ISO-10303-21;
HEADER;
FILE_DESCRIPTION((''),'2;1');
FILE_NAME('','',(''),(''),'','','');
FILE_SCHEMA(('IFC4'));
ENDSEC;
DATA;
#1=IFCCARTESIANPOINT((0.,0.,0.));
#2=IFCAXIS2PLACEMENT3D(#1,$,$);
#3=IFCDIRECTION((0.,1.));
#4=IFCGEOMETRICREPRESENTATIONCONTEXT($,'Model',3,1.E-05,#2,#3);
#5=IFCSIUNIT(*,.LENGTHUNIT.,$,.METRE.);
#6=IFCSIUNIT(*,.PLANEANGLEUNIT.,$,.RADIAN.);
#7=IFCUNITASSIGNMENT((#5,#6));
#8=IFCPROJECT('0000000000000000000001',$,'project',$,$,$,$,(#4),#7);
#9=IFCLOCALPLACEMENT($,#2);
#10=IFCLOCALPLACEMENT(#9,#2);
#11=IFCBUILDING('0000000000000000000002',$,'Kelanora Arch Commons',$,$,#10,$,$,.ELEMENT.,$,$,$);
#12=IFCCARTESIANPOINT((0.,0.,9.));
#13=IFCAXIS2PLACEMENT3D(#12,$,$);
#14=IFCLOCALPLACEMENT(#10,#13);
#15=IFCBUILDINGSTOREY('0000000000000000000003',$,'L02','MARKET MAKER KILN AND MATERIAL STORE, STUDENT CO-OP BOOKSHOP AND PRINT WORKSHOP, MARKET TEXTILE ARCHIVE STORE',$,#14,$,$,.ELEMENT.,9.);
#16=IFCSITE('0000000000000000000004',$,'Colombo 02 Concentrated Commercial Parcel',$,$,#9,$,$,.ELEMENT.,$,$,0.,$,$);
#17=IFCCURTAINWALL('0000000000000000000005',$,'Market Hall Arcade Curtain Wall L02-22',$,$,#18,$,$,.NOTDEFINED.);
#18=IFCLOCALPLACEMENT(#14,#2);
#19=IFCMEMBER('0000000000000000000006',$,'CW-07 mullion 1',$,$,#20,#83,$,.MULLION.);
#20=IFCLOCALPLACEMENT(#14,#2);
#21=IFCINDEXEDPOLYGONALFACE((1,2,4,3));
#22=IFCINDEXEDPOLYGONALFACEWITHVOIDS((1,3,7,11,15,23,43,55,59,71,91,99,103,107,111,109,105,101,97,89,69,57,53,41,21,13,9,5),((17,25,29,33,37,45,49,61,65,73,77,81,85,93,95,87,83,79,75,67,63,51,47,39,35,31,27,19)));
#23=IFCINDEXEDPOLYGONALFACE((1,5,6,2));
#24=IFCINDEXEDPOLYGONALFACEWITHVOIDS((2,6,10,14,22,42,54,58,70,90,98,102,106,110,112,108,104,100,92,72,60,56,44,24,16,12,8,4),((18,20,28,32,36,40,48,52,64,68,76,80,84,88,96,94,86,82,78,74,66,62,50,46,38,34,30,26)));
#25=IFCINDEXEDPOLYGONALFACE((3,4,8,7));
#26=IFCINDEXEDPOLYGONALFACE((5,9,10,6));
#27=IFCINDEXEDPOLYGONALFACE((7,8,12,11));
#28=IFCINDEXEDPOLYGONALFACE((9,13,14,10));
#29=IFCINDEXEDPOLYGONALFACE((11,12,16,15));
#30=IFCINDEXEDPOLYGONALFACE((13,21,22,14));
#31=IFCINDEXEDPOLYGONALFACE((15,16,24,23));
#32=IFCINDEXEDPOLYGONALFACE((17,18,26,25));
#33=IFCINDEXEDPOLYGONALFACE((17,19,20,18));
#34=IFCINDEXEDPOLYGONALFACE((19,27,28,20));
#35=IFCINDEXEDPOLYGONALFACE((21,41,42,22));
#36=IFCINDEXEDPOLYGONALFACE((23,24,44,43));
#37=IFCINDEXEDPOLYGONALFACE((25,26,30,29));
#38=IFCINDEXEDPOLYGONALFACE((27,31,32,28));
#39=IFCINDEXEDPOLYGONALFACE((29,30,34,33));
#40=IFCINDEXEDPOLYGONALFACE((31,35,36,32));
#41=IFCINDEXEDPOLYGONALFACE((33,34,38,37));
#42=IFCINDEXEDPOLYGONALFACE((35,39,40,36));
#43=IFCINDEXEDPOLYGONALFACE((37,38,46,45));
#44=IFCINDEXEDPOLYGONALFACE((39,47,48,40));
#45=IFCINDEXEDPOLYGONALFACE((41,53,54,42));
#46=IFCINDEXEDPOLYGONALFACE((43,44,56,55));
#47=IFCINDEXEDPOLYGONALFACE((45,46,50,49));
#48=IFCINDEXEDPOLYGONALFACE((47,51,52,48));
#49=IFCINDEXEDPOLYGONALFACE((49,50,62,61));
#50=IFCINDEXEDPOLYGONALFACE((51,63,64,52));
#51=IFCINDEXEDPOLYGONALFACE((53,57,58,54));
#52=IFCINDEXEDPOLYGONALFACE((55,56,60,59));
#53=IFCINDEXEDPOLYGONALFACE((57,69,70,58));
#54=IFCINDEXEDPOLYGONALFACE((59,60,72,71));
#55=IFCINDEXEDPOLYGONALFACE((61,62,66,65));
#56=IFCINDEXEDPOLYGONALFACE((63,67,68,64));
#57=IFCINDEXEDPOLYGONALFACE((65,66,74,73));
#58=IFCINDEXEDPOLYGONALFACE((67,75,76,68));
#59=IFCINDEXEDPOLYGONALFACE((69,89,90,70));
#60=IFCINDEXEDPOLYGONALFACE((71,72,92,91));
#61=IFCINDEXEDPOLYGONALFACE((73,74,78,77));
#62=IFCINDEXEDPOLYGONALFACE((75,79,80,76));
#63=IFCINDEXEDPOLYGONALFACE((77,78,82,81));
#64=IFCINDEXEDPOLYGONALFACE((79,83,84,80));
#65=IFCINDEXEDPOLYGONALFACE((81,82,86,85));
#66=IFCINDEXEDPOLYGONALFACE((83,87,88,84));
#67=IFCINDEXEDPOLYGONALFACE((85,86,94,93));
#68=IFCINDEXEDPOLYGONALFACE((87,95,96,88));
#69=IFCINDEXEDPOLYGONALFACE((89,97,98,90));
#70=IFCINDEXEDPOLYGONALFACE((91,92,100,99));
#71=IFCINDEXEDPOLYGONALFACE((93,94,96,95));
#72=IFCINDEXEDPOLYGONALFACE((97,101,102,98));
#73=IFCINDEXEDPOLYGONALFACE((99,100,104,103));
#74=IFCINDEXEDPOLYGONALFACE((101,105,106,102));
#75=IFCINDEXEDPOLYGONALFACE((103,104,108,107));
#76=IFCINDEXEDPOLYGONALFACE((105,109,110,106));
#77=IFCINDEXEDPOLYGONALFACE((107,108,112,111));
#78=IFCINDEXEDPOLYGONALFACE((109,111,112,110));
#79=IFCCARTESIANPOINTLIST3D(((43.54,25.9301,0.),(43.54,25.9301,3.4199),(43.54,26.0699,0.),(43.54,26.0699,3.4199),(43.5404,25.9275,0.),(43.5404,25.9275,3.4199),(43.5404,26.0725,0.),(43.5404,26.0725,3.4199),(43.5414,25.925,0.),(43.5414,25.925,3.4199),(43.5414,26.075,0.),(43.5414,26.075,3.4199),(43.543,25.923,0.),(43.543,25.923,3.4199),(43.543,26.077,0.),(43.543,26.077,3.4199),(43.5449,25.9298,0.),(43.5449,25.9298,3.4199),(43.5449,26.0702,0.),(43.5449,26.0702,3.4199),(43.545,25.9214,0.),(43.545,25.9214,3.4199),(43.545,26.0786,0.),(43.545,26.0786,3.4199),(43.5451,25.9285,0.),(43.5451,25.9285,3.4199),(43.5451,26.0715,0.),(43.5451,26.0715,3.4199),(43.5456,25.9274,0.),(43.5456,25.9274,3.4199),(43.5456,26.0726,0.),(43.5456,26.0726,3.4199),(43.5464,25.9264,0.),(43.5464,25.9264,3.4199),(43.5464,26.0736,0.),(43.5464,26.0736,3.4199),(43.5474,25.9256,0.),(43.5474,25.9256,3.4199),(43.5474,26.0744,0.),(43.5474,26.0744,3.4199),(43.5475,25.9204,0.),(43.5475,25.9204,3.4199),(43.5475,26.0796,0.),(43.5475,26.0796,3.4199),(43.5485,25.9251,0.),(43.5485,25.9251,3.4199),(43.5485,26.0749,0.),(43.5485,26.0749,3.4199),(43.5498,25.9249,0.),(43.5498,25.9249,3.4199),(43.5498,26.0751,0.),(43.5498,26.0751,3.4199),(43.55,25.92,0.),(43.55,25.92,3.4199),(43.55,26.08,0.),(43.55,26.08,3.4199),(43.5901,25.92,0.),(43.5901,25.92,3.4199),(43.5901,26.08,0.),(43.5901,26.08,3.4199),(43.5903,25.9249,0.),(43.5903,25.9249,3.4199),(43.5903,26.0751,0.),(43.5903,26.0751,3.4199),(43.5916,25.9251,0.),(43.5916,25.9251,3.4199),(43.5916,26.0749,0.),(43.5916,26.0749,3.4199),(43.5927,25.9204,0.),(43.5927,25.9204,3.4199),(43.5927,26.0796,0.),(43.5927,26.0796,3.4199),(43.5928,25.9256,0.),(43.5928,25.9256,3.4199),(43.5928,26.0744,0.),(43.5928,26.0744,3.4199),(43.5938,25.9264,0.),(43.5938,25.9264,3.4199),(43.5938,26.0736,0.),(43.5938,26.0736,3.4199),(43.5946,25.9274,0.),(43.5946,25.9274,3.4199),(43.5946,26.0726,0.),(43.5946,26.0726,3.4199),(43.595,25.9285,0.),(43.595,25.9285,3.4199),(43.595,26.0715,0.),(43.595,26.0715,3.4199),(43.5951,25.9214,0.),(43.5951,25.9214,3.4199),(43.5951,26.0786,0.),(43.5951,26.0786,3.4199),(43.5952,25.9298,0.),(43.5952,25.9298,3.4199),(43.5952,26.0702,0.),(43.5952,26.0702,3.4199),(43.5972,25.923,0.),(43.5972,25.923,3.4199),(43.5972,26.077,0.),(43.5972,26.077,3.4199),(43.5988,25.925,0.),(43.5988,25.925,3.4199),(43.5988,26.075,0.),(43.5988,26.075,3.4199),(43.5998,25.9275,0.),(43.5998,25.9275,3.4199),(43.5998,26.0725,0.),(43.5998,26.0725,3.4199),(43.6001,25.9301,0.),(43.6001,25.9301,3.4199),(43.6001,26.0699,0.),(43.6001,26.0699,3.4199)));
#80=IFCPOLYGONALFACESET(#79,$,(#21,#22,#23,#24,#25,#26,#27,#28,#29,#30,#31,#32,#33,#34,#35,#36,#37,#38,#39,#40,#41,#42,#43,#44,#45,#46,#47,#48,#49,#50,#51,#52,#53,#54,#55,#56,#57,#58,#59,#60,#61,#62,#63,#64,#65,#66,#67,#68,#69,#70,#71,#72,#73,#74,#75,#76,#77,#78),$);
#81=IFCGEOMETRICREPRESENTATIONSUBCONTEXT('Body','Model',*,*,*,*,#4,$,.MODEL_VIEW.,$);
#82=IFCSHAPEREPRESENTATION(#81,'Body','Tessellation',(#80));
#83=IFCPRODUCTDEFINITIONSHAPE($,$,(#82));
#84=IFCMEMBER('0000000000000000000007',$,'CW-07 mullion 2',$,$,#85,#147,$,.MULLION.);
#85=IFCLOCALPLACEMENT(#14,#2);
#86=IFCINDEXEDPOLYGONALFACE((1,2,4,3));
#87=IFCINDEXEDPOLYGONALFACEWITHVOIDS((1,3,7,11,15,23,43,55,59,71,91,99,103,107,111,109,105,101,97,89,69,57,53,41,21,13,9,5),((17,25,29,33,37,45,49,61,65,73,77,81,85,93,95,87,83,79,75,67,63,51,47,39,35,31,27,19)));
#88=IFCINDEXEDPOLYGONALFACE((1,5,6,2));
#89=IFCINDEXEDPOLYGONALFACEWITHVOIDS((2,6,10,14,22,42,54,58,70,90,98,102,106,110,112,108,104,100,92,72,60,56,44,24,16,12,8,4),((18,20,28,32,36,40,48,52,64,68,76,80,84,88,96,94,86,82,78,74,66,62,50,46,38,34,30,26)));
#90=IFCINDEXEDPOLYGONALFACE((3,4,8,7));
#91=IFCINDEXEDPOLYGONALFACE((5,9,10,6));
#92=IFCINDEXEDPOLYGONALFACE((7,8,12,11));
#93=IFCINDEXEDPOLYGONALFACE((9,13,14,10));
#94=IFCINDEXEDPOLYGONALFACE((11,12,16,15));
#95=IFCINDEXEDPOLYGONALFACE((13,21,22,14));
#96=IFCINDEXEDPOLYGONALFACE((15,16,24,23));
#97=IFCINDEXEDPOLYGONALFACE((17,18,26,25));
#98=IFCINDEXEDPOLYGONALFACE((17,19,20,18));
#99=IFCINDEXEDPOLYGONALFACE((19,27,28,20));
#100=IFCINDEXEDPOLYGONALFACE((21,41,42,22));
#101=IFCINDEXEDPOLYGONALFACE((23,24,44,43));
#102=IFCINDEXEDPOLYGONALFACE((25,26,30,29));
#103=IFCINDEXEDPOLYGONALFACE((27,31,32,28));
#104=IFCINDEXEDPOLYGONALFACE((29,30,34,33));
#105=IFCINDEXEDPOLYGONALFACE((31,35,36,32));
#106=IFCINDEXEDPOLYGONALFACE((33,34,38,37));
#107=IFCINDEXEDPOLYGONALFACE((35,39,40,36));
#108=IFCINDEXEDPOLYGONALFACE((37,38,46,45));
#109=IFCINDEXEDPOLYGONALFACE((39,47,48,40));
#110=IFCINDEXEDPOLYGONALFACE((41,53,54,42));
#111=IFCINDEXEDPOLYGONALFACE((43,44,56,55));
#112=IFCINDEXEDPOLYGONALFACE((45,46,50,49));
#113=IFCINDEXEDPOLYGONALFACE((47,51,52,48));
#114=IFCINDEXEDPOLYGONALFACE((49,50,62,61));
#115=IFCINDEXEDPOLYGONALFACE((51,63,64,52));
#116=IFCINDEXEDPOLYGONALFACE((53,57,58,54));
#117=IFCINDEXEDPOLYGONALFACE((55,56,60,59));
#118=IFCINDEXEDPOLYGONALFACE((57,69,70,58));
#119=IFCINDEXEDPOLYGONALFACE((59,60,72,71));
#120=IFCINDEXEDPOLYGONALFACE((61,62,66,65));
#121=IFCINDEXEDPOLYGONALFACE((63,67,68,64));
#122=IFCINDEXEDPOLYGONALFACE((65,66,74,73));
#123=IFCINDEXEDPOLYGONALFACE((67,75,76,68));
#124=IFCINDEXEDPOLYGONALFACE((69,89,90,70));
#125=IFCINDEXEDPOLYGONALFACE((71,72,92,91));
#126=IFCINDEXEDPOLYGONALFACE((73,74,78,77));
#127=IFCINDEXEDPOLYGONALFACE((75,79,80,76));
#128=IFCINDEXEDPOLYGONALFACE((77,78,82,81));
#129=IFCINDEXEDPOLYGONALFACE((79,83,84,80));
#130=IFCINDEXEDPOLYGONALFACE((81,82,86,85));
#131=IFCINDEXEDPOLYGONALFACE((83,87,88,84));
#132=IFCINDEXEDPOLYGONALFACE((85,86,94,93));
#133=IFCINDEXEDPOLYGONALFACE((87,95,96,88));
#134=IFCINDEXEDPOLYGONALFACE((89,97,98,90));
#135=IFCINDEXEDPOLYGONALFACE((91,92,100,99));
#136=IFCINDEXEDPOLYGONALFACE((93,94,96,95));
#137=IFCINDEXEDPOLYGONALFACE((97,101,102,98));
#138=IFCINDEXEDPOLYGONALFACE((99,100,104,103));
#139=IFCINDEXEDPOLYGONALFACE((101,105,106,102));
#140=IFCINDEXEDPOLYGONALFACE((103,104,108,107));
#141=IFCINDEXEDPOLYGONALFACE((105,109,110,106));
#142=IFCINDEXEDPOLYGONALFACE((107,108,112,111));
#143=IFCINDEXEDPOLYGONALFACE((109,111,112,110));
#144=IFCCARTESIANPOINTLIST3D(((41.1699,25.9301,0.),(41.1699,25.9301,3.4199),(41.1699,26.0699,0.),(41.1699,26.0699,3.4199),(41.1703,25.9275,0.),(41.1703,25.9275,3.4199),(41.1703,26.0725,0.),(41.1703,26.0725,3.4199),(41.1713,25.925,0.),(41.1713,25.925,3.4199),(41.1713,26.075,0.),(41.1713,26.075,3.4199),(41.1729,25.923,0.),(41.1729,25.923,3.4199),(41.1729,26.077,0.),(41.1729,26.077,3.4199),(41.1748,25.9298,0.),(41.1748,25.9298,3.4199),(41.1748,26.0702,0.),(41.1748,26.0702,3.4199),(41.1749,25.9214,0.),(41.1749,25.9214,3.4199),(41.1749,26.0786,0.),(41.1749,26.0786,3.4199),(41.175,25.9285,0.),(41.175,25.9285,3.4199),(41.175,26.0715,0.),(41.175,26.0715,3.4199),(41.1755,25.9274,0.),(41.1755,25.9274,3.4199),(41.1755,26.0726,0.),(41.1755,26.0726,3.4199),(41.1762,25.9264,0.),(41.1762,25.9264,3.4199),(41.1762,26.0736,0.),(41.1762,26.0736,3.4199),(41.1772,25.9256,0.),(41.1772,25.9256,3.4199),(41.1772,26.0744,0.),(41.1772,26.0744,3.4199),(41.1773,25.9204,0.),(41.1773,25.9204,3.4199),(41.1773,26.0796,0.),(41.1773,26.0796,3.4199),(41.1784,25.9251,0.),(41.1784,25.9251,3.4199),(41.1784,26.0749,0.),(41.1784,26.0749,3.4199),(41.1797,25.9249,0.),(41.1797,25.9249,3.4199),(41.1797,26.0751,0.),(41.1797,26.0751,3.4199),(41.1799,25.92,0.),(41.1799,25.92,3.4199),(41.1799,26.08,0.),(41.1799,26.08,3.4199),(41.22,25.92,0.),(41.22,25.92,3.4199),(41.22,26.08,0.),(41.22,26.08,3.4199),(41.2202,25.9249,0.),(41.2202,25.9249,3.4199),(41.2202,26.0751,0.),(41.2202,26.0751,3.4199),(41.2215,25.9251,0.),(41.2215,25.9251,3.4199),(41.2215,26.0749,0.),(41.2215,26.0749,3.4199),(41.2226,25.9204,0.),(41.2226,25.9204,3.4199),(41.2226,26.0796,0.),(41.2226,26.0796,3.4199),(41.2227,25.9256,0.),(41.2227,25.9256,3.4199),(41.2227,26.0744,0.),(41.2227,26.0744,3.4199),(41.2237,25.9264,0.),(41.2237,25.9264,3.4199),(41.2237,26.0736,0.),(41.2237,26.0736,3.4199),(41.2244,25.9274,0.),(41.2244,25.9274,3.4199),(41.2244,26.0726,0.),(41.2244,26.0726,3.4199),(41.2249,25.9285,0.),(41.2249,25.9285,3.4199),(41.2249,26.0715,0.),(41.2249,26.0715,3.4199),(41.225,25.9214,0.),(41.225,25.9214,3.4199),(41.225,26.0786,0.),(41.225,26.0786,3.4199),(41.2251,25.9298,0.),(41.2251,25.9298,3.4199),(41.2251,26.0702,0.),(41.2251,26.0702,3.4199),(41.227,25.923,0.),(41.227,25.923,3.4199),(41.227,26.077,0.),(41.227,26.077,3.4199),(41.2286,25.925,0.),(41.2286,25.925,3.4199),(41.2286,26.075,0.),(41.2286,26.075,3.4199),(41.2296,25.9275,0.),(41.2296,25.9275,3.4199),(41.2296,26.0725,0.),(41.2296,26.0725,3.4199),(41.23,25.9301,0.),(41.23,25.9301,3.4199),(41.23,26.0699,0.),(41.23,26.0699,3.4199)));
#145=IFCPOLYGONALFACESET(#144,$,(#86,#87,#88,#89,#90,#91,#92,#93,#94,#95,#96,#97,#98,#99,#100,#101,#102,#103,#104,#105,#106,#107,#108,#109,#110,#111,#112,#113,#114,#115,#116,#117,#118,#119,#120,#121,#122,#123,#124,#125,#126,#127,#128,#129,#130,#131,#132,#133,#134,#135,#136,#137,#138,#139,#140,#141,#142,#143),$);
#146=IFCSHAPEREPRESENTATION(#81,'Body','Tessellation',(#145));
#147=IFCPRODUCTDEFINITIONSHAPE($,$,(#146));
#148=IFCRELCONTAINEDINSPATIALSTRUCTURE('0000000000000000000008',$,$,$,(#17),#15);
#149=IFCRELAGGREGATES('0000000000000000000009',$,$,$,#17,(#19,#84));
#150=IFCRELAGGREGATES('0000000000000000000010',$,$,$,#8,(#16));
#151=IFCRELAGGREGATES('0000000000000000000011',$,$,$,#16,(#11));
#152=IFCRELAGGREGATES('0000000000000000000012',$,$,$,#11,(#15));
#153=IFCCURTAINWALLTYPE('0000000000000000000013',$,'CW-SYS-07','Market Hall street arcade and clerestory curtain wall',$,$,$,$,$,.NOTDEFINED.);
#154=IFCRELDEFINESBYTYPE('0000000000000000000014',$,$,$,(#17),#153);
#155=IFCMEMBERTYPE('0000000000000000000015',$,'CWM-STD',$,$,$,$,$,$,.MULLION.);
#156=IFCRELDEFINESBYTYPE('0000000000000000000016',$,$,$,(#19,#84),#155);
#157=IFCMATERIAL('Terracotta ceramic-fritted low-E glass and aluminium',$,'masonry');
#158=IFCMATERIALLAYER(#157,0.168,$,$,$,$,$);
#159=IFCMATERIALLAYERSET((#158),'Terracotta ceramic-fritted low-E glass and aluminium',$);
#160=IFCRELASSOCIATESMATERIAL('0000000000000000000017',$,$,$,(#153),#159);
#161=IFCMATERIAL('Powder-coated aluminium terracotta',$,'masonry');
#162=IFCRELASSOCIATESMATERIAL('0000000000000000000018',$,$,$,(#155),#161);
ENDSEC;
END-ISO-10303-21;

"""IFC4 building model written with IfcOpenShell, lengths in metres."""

from ifc_helpers import new_model, si_unit, direction, frame, origin, origin_2d, place, context, subcontext, project, spatial, hollow_rectangle, extrude, material, layer, layer_set, material_profile, profile_set, type_object, element, aggregate, save


model = new_model("IFC4")

# Units and contexts
model_context = context("Model", 3, precision=1e-05, world=origin(), true_north=direction((0.0, 1.0)))
body_context = subcontext(model_context, "Body", "Model", "MODEL_VIEW")
ifc_project = project(units=[si_unit("LENGTHUNIT", "METRE"), si_unit("PLANEANGLEUNIT", "RADIAN")], contexts=[model_context])

# Site, building, storey
site_placement = place(None, origin())
site = spatial("IfcSite", under=ifc_project, at=site_placement, Name="Colombo 02 Concentrated Commercial Parcel", CompositionType="ELEMENT", RefElevation=0.0)
building_placement = place(site_placement, origin())
building = spatial("IfcBuilding", under=site, at=building_placement, Name="Kelanora Arch Commons", CompositionType="ELEMENT")
storey_placement = place(building_placement, frame((0.0, 0.0, 9.0)))
storey = spatial("IfcBuildingStorey", under=building, at=storey_placement, Name="L02", Description="MARKET MAKER KILN AND MATERIAL STORE, STUDENT CO-OP BOOKSHOP AND PRINT WORKSHOP, MARKET TEXTILE ARCHIVE STORE", CompositionType="ELEMENT", Elevation=9.0)

# Curtain wall, members
ifc_material_1 = material(Name="Terracotta ceramic-fritted low-E glass and aluminium", Category="masonry")
ifc_layer_1 = layer(ifc_material_1, 0.168)
ifc_layer_set_1 = layer_set([ifc_layer_1], Name="Terracotta ceramic-fritted low-E glass and aluminium")
curtain_wall_type = type_object("IfcCurtainWallType", Name="CW-SYS-07", Description="Market Hall street arcade and clerestory curtain wall", PredefinedType="NOTDEFINED", material=ifc_layer_set_1)
curtain_wall_placement = place(storey_placement, origin())
curtain_wall = element("IfcCurtainWall", 1, at=curtain_wall_placement, inside=storey, type_object=curtain_wall_type, Name="Market Hall Arcade Curtain Wall L02-22", PredefinedType="NOTDEFINED")
ifc_material_2 = material(Name="Powder-coated aluminium terracotta", Category="masonry")
ifc_material_profile_1 = material_profile(ifc_material_2, hollow_rectangle(XDim=0.1599, YDim=0.0601, WallThickness=0.0049, InnerFilletRadius=0.0049, OuterFilletRadius=0.01, at=origin_2d()), Name="CWM160x60")
ifc_profile_set_1 = profile_set([ifc_material_profile_1], Name="Powder-coated aluminium terracotta")
member_type_1 = type_object("IfcMemberType", Name="CWM-STD", PredefinedType="MULLION", material=ifc_profile_set_1)
member_1_placement = place(storey_placement, frame((43.5701, 26.0, 0.0), z_axis=(0.0, 0.0, 1.0), x_axis=(0.0, -1.0, 0.0)))
member_1 = element("IfcMember", 2, at=member_1_placement, type_object=member_type_1, Name="CW-07 mullion 1", PredefinedType="MULLION", context=body_context, shape_type="SweptSolid", body=[
    extrude(hollow_rectangle(XDim=0.1599, YDim=0.0601, WallThickness=0.0049, InnerFilletRadius=0.0049, OuterFilletRadius=0.01, at=origin_2d()), origin(), (0.0, 0.0, 1.0), 3.4199),
])
member_2_placement = place(storey_placement, frame((41.2, 26.0, 0.0), z_axis=(0.0, 0.0, 1.0), x_axis=(0.0, -1.0, 0.0)))
member_2 = element("IfcMember", 3, at=member_2_placement, type_object=member_type_1, Name="CW-07 mullion 2", PredefinedType="MULLION", context=body_context, shape_type="SweptSolid", body=[
    extrude(hollow_rectangle(XDim=0.1599, YDim=0.0601, WallThickness=0.0049, InnerFilletRadius=0.0049, OuterFilletRadius=0.01, at=origin_2d()), origin(), (0.0, 0.0, 1.0), 3.4199),
])
aggregate(curtain_wall, [member_1, member_2])

save(model, "model.ifc")
